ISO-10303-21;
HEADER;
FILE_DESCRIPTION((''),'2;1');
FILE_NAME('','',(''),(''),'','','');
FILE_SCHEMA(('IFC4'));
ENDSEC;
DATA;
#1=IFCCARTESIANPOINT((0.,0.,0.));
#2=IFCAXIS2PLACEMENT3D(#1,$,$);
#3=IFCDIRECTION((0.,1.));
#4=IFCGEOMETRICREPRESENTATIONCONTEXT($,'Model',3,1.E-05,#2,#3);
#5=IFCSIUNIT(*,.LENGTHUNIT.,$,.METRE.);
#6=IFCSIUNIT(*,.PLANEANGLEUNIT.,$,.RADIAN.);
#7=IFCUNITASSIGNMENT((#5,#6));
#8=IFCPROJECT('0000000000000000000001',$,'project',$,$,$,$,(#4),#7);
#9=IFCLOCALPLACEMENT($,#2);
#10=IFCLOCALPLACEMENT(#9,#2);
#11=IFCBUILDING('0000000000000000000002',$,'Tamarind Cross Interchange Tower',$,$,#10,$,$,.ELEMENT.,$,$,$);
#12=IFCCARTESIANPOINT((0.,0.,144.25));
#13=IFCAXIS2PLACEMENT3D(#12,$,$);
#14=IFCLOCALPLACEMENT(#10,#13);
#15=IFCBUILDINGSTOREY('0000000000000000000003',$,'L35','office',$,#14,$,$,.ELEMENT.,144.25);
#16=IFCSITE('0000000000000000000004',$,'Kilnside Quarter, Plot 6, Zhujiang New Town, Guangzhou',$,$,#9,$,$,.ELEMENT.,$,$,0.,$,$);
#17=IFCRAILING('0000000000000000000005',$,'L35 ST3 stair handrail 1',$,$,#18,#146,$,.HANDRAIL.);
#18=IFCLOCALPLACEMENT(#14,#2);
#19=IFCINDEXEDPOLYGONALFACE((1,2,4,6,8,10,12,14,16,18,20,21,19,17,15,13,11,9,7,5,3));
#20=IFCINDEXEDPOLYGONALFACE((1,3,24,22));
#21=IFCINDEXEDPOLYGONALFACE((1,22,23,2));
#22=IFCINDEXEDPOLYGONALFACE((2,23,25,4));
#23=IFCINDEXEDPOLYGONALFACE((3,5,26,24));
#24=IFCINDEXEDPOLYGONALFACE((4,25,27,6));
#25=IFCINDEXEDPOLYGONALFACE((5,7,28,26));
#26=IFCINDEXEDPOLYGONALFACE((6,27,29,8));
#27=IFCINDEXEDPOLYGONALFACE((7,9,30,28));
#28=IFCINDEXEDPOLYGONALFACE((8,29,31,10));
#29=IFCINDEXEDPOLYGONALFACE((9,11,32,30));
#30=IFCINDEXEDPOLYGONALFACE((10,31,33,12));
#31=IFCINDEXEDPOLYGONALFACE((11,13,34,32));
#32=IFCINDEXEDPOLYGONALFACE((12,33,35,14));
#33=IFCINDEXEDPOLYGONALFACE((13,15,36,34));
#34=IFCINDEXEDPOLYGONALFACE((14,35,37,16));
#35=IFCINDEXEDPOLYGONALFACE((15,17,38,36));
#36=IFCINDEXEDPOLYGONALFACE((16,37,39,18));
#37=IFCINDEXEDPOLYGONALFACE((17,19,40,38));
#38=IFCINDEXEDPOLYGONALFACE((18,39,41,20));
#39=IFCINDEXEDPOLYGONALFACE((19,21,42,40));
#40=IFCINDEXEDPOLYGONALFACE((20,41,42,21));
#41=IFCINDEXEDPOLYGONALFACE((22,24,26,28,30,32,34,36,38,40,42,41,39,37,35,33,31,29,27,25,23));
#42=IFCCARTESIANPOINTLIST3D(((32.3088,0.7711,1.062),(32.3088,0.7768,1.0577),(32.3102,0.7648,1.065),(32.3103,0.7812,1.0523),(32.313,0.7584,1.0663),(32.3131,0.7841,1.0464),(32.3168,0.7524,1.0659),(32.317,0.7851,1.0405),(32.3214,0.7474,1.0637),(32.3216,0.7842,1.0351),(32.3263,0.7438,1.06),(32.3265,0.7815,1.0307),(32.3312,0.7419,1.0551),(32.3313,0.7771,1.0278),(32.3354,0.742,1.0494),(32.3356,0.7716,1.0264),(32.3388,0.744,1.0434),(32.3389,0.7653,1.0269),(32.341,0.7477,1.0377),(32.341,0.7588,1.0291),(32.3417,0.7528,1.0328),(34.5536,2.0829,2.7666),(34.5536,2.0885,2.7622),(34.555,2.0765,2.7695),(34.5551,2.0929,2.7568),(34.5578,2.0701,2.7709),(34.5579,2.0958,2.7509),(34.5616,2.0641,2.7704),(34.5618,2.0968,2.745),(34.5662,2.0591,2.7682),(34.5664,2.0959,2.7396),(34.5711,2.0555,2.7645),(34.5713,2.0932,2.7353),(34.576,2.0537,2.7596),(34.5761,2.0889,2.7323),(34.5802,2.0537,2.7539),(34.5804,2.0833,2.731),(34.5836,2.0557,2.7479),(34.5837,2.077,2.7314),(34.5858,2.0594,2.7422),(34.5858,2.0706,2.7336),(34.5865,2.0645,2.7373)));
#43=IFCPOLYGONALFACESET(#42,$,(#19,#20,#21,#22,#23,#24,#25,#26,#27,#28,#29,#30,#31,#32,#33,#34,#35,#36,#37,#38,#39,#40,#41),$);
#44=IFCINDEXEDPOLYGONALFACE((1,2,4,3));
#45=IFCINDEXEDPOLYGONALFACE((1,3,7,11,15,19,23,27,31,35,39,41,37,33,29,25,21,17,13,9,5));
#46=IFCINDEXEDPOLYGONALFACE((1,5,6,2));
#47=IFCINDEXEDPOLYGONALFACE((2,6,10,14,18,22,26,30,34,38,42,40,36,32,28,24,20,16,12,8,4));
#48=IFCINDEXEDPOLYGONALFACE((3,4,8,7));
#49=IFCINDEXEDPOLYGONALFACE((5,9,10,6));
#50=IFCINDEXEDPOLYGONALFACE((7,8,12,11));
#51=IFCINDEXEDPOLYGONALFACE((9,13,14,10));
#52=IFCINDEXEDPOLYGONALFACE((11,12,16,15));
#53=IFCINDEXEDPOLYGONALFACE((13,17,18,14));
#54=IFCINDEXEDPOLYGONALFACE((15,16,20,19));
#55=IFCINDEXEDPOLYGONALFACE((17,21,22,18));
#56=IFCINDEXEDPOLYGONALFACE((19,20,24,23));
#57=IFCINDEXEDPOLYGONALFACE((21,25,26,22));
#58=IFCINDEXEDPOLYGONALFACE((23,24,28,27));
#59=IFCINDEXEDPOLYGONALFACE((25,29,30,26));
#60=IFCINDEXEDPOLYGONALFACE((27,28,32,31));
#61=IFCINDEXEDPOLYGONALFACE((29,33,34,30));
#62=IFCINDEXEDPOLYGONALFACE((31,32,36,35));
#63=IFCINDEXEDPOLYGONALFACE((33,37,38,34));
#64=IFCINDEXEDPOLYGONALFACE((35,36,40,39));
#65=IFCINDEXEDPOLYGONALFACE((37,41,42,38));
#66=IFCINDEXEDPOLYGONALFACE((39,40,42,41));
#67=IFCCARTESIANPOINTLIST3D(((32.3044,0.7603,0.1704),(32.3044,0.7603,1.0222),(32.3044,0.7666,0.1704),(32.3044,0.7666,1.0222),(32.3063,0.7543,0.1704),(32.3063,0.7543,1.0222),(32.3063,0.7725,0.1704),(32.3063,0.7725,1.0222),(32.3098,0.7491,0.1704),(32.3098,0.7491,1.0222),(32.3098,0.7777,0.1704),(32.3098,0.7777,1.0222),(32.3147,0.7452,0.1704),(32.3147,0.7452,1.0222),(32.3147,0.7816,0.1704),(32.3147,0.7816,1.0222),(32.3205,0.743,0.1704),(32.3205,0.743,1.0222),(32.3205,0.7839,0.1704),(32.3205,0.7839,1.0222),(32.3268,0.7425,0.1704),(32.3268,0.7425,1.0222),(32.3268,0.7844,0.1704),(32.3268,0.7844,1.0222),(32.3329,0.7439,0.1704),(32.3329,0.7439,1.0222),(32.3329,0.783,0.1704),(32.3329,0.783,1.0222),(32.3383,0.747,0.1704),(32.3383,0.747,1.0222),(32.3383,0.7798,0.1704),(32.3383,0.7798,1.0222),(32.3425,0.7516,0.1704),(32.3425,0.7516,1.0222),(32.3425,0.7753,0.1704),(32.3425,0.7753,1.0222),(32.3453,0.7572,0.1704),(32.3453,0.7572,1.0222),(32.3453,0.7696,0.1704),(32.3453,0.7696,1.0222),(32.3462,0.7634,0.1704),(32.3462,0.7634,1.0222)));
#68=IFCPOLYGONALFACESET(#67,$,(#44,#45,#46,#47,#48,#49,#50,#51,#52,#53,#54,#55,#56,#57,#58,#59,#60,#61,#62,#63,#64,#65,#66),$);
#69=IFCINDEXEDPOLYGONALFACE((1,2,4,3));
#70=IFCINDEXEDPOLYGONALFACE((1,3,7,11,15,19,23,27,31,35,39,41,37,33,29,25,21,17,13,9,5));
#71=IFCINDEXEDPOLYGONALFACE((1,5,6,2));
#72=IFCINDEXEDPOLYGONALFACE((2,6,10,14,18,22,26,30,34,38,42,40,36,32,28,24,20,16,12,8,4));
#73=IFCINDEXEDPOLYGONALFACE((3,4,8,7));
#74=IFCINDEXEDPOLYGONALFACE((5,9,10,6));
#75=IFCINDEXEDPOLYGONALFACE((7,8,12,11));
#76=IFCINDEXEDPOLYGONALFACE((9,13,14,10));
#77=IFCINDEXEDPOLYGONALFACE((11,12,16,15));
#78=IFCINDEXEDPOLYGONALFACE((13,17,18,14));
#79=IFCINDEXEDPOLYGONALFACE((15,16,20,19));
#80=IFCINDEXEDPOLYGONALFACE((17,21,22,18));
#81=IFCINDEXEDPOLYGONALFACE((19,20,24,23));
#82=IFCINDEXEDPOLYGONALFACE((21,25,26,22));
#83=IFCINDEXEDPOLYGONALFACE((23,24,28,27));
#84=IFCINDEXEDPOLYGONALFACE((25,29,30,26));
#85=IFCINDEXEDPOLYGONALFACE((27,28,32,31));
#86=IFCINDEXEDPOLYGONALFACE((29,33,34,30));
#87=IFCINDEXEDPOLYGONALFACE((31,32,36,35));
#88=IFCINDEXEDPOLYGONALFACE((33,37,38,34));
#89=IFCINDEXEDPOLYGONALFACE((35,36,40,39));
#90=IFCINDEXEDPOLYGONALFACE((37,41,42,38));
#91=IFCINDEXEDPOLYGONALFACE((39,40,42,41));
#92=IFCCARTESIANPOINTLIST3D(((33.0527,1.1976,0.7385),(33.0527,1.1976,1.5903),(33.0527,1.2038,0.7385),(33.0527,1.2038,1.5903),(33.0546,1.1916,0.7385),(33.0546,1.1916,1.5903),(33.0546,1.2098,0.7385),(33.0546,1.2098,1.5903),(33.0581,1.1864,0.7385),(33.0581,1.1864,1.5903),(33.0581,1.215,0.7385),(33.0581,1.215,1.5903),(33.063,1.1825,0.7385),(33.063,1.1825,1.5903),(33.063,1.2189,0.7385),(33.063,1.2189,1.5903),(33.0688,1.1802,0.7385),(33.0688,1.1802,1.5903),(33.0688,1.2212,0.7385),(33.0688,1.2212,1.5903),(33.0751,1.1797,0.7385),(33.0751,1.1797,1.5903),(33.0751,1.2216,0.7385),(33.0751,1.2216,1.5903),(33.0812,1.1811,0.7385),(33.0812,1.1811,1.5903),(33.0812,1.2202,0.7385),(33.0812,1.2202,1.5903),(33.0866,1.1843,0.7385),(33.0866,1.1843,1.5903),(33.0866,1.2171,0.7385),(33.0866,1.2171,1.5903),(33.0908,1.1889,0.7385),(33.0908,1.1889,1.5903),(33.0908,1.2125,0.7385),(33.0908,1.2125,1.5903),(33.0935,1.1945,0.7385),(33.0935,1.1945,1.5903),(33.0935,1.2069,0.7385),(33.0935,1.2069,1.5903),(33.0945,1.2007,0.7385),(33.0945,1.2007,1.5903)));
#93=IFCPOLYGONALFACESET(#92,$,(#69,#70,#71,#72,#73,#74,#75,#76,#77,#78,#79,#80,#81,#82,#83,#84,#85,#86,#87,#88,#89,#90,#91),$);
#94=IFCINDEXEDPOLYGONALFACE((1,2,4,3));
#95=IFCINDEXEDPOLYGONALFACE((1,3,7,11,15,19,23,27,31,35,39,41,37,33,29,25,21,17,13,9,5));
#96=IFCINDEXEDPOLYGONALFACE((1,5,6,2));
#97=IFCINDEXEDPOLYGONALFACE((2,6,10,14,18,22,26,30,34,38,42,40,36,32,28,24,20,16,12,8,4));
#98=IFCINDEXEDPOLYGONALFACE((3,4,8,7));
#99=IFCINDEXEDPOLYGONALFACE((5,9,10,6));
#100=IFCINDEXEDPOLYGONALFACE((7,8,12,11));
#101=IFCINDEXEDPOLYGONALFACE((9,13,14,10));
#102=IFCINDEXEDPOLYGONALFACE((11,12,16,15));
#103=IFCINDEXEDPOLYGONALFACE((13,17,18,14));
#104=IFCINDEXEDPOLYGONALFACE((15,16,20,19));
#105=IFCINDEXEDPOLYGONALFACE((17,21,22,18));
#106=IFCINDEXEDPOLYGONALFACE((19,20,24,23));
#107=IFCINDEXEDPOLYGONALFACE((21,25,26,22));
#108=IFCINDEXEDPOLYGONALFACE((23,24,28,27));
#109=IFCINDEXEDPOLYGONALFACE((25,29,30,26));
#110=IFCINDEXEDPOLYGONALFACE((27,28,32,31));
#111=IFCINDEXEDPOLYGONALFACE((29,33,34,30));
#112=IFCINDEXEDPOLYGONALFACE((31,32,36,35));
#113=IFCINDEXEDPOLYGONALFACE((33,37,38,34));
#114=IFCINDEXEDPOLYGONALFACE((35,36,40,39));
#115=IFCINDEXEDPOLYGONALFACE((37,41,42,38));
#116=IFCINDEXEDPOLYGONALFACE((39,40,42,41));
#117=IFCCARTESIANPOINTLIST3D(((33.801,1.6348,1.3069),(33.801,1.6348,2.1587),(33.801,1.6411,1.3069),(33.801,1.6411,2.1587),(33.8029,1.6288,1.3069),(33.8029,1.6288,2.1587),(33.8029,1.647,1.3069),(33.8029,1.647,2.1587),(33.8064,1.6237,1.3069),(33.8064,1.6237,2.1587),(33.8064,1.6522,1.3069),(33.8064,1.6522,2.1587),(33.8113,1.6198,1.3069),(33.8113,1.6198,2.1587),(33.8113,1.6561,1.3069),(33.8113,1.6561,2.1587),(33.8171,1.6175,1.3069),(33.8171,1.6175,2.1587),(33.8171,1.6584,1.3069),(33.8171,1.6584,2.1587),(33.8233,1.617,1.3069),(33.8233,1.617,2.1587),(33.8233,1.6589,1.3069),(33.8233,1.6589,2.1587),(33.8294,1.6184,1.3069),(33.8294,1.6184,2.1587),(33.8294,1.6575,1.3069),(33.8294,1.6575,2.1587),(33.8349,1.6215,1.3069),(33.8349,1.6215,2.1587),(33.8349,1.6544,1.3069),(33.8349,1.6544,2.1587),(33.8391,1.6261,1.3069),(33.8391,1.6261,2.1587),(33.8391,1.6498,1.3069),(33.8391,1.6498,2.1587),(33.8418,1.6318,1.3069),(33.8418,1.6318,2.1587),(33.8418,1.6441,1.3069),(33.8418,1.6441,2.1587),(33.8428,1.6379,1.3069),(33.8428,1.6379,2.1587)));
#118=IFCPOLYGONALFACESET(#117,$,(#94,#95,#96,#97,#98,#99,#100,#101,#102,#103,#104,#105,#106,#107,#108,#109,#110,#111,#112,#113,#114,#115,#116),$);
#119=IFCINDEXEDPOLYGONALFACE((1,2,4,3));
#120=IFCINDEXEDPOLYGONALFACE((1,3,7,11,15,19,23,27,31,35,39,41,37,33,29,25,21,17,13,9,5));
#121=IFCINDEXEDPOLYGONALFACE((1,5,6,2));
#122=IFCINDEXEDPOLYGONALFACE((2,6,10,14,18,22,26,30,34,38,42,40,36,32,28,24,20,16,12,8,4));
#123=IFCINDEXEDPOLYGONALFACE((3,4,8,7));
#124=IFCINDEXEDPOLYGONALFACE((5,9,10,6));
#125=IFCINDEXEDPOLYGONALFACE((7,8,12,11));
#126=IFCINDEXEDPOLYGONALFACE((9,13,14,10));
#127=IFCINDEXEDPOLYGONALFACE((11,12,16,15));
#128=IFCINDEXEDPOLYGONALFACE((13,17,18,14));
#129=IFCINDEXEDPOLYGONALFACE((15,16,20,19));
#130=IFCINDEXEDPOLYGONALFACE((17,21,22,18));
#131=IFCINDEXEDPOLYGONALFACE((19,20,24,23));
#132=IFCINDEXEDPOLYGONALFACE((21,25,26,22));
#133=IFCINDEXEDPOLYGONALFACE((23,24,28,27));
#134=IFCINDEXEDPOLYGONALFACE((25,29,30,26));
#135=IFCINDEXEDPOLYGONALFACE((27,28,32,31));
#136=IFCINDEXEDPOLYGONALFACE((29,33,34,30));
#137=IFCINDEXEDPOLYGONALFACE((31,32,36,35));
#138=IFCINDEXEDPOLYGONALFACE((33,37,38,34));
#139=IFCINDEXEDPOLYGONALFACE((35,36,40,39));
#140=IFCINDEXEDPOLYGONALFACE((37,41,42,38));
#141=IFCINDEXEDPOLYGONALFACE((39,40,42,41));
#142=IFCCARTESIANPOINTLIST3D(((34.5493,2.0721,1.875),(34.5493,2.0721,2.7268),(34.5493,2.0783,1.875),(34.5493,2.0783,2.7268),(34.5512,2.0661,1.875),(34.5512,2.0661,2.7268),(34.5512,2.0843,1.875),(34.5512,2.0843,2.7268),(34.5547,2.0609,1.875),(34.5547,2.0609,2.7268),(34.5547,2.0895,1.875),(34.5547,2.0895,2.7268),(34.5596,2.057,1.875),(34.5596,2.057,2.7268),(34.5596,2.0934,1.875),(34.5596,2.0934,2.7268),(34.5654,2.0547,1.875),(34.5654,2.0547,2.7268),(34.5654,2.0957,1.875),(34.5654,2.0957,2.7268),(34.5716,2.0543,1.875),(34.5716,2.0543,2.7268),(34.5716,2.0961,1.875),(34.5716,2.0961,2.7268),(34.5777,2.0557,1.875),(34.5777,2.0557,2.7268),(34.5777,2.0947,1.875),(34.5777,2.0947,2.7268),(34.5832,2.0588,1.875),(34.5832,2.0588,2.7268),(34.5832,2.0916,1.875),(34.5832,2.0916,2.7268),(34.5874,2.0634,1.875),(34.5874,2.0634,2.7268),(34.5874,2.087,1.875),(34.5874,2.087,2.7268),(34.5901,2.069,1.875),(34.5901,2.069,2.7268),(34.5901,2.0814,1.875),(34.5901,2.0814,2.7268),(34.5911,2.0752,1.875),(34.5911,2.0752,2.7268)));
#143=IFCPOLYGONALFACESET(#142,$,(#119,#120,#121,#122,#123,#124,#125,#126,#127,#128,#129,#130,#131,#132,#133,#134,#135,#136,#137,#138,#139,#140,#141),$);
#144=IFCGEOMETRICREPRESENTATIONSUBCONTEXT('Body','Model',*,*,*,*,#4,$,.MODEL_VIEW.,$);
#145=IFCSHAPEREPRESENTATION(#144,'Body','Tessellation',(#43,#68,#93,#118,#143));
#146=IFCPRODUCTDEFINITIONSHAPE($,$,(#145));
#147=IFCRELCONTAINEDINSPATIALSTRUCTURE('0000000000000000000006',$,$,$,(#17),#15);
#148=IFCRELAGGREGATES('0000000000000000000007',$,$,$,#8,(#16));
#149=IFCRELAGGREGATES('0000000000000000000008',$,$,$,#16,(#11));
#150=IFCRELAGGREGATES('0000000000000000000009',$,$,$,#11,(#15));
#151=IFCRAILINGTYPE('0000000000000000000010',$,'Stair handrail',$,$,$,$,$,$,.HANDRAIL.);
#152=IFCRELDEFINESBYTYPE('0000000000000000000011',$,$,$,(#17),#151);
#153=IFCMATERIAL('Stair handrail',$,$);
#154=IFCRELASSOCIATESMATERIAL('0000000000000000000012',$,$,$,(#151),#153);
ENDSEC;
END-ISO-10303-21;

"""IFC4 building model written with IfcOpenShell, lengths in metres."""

from ifc_helpers import new_model, si_unit, direction, frame, origin, origin_2d, place, context, subcontext, project, spatial, circle, extrude, material, type_object, element, save


model = new_model("IFC4")

# Units and contexts
model_context = context("Model", 3, precision=1e-05, world=origin(), true_north=direction((0.0, 1.0)))
body_context = subcontext(model_context, "Body", "Model", "MODEL_VIEW")
ifc_project = project(units=[si_unit("LENGTHUNIT", "METRE"), si_unit("PLANEANGLEUNIT", "RADIAN")], contexts=[model_context])

# Site, building, storey
site_placement = place(None, origin())
site = spatial("IfcSite", under=ifc_project, at=site_placement, Name="Kilnside Quarter, Plot 6, Zhujiang New Town, Guangzhou", CompositionType="ELEMENT", RefElevation=0.0)
building_placement = place(site_placement, origin())
building = spatial("IfcBuilding", under=site, at=building_placement, Name="Tamarind Cross Interchange Tower", CompositionType="ELEMENT")
storey_placement = place(building_placement, frame((0.0, 0.0, 144.25)))
storey = spatial("IfcBuildingStorey", under=building, at=storey_placement, Name="L35", Description="office", CompositionType="ELEMENT", Elevation=144.25)

# Railing
ifc_material_1 = material(Name="Stair handrail")
railing_type_1 = type_object("IfcRailingType", Name="Stair handrail", PredefinedType="HANDRAIL", material=ifc_material_1)
railing_1_placement = place(storey_placement, frame((32.3252, 0.7634, 0.1704)))
element("IfcRailing", 1, at=railing_1_placement, inside=storey, type_object=railing_type_1, Name="L35 ST3 stair handrail 1", PredefinedType="HANDRAIL", context=body_context, shape_type="SweptSolid", body=[
    extrude(circle(Radius=0.0239, at=origin_2d()), frame((0.0, 0.0, 0.876), z_axis=(0.722059, 0.421927, 0.548278), x_axis=(-0.504519, 0.863401, 0.0)), (0.0, 0.0, 1.0), 3.1089),
    extrude(circle(Radius=0.021, at=origin_2d()), origin(), (0.0, 0.0, 1.0), 0.8518),
    extrude(circle(Radius=0.021, at=origin_2d()), frame((0.7483, 0.4373, 0.5681)), (0.0, 0.0, 1.0), 0.8518),
    extrude(circle(Radius=0.021, at=origin_2d()), frame((1.4966, 0.8745, 1.1365)), (0.0, 0.0, 1.0), 0.8518),
    extrude(circle(Radius=0.021, at=origin_2d()), frame((2.2449, 1.3118, 1.7046)), (0.0, 0.0, 1.0), 0.8518),
])

save(model, "model.ifc")
